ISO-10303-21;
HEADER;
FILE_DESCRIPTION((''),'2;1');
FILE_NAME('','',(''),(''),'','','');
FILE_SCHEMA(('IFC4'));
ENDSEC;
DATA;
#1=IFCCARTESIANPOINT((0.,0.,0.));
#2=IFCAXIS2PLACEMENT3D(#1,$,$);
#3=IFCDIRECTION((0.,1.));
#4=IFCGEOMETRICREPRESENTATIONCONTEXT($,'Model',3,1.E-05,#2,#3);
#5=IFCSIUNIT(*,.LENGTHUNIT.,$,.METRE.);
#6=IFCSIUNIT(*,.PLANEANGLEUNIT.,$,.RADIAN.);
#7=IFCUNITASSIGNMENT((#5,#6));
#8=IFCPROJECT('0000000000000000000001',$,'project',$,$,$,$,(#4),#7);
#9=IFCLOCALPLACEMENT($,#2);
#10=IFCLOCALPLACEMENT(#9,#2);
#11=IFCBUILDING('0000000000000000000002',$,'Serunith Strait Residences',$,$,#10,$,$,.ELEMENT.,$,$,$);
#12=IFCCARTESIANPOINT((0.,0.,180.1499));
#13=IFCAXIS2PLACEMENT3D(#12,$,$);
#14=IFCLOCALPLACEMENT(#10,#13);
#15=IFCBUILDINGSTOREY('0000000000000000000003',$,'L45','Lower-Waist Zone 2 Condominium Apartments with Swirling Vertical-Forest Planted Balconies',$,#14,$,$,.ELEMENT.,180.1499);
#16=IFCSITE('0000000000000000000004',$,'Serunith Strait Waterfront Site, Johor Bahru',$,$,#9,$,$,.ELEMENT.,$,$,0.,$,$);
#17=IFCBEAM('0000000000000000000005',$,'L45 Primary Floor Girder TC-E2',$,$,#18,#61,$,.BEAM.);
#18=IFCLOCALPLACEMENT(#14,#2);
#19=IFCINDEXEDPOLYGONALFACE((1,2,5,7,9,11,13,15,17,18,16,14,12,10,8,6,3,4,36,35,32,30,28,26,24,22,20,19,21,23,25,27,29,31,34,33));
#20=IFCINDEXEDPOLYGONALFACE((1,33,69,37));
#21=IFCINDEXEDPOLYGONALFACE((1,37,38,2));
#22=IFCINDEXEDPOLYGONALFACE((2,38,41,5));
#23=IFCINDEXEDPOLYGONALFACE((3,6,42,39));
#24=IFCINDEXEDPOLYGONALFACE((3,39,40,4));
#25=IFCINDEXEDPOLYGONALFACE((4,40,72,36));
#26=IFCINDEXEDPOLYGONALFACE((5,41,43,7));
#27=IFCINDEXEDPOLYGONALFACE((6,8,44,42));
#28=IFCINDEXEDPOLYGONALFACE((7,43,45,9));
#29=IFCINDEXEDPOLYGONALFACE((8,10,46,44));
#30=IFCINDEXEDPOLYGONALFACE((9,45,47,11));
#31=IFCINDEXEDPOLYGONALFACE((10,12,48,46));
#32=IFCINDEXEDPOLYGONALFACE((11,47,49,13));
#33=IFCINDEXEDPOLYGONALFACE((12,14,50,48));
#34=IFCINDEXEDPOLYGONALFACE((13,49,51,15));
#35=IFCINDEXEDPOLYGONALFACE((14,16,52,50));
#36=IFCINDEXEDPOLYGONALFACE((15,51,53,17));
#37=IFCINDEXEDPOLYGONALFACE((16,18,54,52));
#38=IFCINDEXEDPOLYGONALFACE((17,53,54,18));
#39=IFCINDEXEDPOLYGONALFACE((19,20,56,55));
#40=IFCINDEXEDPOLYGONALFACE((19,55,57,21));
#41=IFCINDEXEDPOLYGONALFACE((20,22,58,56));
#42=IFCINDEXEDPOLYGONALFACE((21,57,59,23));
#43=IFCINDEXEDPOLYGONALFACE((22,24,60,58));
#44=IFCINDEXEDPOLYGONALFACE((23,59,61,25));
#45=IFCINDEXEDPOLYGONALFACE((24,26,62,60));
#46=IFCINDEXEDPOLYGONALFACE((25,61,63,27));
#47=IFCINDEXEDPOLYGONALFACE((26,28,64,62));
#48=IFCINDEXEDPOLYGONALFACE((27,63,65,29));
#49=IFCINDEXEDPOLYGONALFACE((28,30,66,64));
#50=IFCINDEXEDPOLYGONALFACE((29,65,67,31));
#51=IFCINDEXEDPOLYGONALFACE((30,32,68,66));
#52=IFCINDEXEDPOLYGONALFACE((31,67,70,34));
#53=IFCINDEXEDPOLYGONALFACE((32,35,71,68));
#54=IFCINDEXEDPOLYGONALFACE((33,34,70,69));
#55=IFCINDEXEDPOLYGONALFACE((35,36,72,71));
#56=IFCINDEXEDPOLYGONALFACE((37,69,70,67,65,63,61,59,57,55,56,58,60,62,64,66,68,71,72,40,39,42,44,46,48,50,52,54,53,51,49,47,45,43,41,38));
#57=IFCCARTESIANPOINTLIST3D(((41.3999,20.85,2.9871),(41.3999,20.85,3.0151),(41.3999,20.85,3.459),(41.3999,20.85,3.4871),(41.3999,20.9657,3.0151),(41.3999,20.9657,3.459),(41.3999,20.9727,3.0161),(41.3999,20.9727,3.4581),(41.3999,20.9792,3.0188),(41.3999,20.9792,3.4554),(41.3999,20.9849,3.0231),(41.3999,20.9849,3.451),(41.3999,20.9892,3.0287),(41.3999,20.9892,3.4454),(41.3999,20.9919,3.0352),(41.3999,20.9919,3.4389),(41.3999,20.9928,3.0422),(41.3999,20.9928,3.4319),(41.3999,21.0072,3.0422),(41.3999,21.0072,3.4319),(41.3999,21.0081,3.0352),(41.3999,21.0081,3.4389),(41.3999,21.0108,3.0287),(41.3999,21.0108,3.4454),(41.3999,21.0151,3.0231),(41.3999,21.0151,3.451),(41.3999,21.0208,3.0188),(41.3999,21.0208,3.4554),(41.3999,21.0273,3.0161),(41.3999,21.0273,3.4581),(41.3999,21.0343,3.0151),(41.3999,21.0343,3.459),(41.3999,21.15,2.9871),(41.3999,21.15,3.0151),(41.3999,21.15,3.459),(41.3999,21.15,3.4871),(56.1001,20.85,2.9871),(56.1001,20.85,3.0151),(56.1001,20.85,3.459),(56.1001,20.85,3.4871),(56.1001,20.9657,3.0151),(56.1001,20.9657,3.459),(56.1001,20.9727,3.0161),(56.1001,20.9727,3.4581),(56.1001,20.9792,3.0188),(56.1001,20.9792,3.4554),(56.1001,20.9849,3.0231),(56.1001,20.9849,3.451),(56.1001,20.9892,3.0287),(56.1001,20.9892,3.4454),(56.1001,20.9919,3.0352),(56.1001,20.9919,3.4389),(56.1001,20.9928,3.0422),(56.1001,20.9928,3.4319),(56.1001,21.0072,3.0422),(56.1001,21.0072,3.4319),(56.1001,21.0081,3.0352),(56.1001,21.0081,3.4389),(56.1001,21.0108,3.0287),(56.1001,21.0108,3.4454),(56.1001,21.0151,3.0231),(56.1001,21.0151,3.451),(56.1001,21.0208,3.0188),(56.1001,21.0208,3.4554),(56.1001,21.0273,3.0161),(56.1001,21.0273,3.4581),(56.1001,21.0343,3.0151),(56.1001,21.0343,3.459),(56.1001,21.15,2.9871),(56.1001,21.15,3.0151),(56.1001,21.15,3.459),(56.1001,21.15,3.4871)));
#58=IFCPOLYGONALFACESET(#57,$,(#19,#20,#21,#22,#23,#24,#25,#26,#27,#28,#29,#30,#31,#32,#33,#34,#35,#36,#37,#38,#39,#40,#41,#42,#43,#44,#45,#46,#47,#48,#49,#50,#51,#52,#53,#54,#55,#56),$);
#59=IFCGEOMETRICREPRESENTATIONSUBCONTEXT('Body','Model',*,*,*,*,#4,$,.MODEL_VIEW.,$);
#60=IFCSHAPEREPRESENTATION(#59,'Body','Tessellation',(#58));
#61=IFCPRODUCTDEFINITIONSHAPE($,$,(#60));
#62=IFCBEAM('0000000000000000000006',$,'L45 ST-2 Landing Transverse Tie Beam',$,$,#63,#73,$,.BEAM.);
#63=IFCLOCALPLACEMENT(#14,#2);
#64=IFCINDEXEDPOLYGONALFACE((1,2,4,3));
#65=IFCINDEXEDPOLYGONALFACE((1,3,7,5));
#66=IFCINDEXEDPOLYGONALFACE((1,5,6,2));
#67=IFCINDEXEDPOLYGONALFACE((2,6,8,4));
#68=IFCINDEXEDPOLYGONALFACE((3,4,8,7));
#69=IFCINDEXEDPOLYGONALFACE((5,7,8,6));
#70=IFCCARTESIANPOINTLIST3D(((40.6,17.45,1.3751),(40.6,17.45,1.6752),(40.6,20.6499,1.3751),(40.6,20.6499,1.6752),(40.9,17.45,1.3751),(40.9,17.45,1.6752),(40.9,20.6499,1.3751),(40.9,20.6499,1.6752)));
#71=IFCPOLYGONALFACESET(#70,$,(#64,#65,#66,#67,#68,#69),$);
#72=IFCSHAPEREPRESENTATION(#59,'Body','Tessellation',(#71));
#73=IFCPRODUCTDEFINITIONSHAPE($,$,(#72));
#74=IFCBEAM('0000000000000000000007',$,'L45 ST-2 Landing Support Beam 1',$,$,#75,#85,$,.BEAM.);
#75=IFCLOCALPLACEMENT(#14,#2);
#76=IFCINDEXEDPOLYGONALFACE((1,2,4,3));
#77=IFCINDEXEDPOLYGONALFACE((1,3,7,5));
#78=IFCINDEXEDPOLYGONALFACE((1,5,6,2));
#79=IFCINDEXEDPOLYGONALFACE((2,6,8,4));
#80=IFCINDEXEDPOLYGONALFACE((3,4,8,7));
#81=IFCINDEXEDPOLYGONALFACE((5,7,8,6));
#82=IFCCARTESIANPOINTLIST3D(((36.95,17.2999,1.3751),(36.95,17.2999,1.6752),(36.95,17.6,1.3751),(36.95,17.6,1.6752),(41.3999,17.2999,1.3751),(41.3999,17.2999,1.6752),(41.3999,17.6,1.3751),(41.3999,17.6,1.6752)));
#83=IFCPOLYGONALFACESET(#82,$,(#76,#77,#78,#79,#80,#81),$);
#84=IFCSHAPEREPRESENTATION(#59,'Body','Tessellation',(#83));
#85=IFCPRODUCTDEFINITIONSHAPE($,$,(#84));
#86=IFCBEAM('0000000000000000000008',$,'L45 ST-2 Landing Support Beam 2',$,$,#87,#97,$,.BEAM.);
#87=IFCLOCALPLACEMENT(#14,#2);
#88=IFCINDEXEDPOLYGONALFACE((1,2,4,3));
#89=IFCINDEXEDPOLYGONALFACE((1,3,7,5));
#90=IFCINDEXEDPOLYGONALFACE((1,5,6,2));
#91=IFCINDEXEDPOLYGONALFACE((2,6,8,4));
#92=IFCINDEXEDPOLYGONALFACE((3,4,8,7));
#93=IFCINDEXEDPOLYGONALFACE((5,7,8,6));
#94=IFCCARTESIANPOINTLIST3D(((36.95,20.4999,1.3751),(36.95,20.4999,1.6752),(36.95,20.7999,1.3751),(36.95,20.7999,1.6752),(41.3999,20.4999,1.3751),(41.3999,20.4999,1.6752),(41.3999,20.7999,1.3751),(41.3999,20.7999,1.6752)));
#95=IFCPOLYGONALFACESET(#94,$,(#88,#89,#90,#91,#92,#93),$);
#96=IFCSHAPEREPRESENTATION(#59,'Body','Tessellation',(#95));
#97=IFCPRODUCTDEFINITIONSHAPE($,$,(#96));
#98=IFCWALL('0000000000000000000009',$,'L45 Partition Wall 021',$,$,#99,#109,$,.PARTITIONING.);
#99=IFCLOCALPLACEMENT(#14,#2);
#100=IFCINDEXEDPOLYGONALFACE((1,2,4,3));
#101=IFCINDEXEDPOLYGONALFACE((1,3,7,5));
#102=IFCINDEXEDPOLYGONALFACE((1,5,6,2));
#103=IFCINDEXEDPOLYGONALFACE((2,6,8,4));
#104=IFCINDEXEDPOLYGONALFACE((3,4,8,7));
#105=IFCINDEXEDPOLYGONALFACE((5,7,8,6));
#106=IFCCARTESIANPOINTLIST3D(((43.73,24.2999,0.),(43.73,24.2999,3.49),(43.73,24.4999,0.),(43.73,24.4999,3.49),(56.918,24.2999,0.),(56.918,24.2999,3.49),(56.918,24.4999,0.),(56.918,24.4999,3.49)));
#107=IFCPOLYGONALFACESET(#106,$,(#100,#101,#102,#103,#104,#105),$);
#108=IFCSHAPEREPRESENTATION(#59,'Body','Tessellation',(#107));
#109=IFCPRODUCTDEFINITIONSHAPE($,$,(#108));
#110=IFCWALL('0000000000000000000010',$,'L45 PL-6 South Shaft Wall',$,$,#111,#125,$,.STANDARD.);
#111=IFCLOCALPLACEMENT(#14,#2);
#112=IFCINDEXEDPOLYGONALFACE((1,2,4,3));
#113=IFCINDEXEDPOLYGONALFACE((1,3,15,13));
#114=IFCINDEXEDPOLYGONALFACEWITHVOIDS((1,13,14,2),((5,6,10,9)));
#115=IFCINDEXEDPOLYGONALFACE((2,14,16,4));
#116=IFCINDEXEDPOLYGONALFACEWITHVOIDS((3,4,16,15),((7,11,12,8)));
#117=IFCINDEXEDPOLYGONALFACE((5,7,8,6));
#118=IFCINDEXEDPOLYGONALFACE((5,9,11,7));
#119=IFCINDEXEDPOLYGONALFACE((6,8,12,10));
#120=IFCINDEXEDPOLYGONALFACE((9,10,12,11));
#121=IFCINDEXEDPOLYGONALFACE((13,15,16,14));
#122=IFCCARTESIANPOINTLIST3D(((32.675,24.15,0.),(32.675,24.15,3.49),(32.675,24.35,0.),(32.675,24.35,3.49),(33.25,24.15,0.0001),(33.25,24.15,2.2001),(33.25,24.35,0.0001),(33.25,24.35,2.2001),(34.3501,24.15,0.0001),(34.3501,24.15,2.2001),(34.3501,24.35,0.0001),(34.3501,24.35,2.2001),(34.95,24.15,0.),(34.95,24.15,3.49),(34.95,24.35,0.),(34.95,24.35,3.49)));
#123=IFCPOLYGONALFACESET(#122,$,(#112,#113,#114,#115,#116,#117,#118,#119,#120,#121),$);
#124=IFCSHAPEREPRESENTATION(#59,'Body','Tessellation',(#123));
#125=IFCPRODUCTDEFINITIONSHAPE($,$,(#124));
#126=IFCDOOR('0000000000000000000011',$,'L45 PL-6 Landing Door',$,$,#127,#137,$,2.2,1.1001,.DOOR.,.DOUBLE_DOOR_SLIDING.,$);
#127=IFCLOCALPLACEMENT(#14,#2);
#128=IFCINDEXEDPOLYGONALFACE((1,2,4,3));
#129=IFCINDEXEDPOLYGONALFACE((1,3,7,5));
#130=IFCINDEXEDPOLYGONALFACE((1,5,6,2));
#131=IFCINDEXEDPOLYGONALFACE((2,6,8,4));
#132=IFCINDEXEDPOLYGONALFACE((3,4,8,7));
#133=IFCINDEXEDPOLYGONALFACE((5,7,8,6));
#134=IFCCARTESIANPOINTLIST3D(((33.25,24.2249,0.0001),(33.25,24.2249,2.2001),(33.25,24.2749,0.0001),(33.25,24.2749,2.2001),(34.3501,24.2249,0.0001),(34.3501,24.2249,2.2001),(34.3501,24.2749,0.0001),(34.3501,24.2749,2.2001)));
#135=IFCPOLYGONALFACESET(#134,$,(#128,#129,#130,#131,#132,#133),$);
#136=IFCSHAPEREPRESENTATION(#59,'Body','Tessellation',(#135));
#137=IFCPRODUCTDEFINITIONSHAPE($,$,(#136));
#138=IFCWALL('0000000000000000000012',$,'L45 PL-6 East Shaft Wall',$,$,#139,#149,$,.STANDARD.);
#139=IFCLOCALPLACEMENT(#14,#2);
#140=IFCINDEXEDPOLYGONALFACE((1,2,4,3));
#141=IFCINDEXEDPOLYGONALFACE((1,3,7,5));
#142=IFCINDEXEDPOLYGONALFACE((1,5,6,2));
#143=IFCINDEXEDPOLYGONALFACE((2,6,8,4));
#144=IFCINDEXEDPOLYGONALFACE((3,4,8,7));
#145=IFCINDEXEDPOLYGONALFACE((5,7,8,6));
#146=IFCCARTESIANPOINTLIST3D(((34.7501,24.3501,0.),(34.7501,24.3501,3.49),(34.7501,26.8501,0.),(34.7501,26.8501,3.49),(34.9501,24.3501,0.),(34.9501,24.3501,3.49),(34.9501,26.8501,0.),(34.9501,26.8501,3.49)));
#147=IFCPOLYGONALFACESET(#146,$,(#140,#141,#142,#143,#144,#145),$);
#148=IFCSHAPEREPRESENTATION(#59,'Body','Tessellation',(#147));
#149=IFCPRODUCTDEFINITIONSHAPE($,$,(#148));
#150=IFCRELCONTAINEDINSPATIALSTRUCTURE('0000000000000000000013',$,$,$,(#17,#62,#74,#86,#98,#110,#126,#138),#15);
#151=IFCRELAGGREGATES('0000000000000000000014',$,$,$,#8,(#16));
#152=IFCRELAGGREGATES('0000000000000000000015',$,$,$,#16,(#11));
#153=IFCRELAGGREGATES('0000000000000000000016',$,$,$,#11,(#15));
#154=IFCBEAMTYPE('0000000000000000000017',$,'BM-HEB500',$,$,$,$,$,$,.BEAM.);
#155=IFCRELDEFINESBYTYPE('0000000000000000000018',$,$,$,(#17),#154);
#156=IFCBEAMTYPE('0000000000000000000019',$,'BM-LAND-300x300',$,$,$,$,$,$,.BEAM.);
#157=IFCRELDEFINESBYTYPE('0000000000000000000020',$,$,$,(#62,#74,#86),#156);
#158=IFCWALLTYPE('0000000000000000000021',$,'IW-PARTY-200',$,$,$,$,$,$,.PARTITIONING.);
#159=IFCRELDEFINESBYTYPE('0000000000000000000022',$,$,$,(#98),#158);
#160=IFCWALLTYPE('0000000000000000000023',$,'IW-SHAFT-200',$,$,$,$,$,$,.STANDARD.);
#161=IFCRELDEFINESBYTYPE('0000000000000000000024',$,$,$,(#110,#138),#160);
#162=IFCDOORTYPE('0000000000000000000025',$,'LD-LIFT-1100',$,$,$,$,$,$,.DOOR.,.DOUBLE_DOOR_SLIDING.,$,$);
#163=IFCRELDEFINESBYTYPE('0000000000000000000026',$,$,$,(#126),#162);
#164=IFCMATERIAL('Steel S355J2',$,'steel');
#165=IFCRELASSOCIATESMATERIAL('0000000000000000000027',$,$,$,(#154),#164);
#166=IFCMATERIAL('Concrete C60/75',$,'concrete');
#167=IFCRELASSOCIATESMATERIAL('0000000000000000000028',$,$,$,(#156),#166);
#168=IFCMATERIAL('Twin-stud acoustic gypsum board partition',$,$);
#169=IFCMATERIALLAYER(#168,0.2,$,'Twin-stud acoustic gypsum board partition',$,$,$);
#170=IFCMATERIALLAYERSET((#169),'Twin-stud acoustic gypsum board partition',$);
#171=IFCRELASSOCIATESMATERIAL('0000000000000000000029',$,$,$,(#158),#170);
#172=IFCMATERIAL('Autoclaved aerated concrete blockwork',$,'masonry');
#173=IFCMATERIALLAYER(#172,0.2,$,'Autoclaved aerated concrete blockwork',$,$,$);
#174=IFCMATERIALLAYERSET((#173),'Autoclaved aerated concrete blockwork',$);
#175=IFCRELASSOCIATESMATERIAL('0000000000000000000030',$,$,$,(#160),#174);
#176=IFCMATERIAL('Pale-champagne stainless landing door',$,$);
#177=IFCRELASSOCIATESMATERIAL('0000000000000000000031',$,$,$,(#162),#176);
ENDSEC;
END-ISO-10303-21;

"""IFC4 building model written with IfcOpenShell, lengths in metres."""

from ifc_helpers import new_model, si_unit, direction, frame, frame_2d, origin, origin_2d, place, context, subcontext, project, spatial, rectangle, i_section, extrude, source, transform, mapped, material, layer, layer_set, material_profile, profile_set, type_object, element, fill, save


model = new_model("IFC4")

# Units and contexts
model_context = context("Model", 3, precision=1e-05, world=origin(), true_north=direction((0.0, 1.0)))
body_context = subcontext(model_context, "Body", "Model", "MODEL_VIEW")
ifc_project = project(units=[si_unit("LENGTHUNIT", "METRE"), si_unit("PLANEANGLEUNIT", "RADIAN")], contexts=[model_context])

# Site, building, storey
site_placement = place(None, origin())
site = spatial("IfcSite", under=ifc_project, at=site_placement, Name="Serunith Strait Waterfront Site, Johor Bahru", CompositionType="ELEMENT", RefElevation=0.0)
building_placement = place(site_placement, origin())
building = spatial("IfcBuilding", under=site, at=building_placement, Name="Serunith Strait Residences", CompositionType="ELEMENT")
storey_placement = place(building_placement, frame((0.0, 0.0, 180.1499)))
storey = spatial("IfcBuildingStorey", under=building, at=storey_placement, Name="L45", Description="Lower-Waist Zone 2 Condominium Apartments with Swirling Vertical-Forest Planted Balconies", CompositionType="ELEMENT", Elevation=180.1499)

# Beams
ifc_material_1 = material(Name="Steel S355J2", Category="steel")
ifc_material_profile_1 = material_profile(ifc_material_1, i_section(OverallWidth=0.3, OverallDepth=0.5, WebThickness=0.0144, FlangeThickness=0.0281, FilletRadius=0.0271, at=origin_2d()), Name="HEB 500")
ifc_profile_set_1 = profile_set([ifc_material_profile_1], Name="Steel S355J2")
beam_type_1 = type_object("IfcBeamType", Name="BM-HEB500", PredefinedType="BEAM", material=ifc_profile_set_1)
shared_shape_1 = source(origin(), body_context, "Body", "SweptSolid", [
    extrude(i_section(OverallWidth=0.3, OverallDepth=0.5, WebThickness=0.0144, FlangeThickness=0.0281, FilletRadius=0.0271, at=origin_2d()), origin(), (0.0, 0.0, 1.0), 14.7002),
])
beam_1_placement = place(storey_placement, frame((41.3999, 21.0, 3.2371), z_axis=(1.0, 0.0, 0.0), x_axis=(0.0, 1.0, 0.0)))
element("IfcBeam", 1, at=beam_1_placement, inside=storey, type_object=beam_type_1, Name="L45 Primary Floor Girder TC-E2", PredefinedType="BEAM", context=body_context, shape_type="MappedRepresentation", body=[
    mapped(shared_shape_1, transform((0.0, 0.0, 0.0), scale=1.0)),
])
ifc_material_2 = material(Name="Concrete C60/75", Category="concrete")
ifc_material_profile_2 = material_profile(ifc_material_2, rectangle(XDim=0.3, YDim=0.3, at=origin_2d()), Name="RC 300x300")
ifc_profile_set_2 = profile_set([ifc_material_profile_2], Name="Concrete C60/75")
beam_type_2 = type_object("IfcBeamType", Name="BM-LAND-300x300", PredefinedType="BEAM", material=ifc_profile_set_2)
shared_shape_2 = source(origin(), body_context, "Body", "SweptSolid", [
    extrude(rectangle(XDim=0.3, YDim=0.3, at=origin_2d()), origin(), (0.0, 0.0, 1.0), 3.2),
])
beam_2_placement = place(storey_placement, frame((40.75, 17.45, 1.5251), z_axis=(0.0, 1.0, 0.0), x_axis=(-1.0, 0.0, 0.0)))
element("IfcBeam", 2, at=beam_2_placement, inside=storey, type_object=beam_type_2, Name="L45 ST-2 Landing Transverse Tie Beam", PredefinedType="BEAM", context=body_context, shape_type="MappedRepresentation", body=[
    mapped(shared_shape_2, transform((0.0, 0.0, 0.0), scale=1.0)),
])
shared_shape_3 = source(origin(), body_context, "Body", "SweptSolid", [
    extrude(rectangle(XDim=0.3, YDim=0.3, at=origin_2d()), origin(), (0.0, 0.0, 1.0), 4.45),
])
for number, where, z_axis, x_axis, name in (
    (3, (36.95, 17.45, 1.5251), (1.0, 0.0, 0.0), (0.0, 1.0, 0.0), "L45 ST-2 Landing Support Beam 1"),
    (4, (36.95, 20.6499, 1.5251), (1.0, 0.0, 0.0), (0.0, 1.0, 0.0), "L45 ST-2 Landing Support Beam 2"),
):
    element("IfcBeam", number, at=place(storey_placement, frame(where, z_axis=z_axis, x_axis=x_axis)), inside=storey, type_object=beam_type_2, Name=name, PredefinedType="BEAM", context=body_context, shape_type="MappedRepresentation", body=[
        mapped(shared_shape_3, transform((0.0, 0.0, 0.0), scale=1.0)),
    ])

# Wall
ifc_material_3 = material(Name="Twin-stud acoustic gypsum board partition")
ifc_layer_1 = layer(ifc_material_3, 0.2, Name="Twin-stud acoustic gypsum board partition")
ifc_layer_set_1 = layer_set([ifc_layer_1], Name="Twin-stud acoustic gypsum board partition")
wall_type_1 = type_object("IfcWallType", Name="IW-PARTY-200", PredefinedType="PARTITIONING", material=ifc_layer_set_1)
wall_1_placement = place(storey_placement, frame((43.73, 24.3999, 0.0), z_axis=(0.0, 0.0, 1.0), x_axis=(1.0, 0.0, 0.0)))
element("IfcWall", 5, at=wall_1_placement, inside=storey, type_object=wall_type_1, Name="L45 Partition Wall 021", PredefinedType="PARTITIONING", context=body_context, shape_type="SweptSolid", body=[
    extrude(rectangle(XDim=13.188, YDim=0.2, at=frame_2d((6.594, 0.0))), origin(), (0.0, 0.0, 1.0), 3.49),
])

# Wall, opening, door
ifc_material_4 = material(Name="Autoclaved aerated concrete blockwork", Category="masonry")
ifc_layer_2 = layer(ifc_material_4, 0.2, Name="Autoclaved aerated concrete blockwork")
ifc_layer_set_2 = layer_set([ifc_layer_2], Name="Autoclaved aerated concrete blockwork")
wall_type_2 = type_object("IfcWallType", Name="IW-SHAFT-200", PredefinedType="STANDARD", material=ifc_layer_set_2)
wall_2_placement = place(storey_placement, frame((32.675, 24.25, 0.0), z_axis=(0.0, 0.0, 1.0), x_axis=(1.0, 0.0, 0.0)))
wall_2 = element("IfcWall", 6, at=wall_2_placement, inside=storey, type_object=wall_type_2, Name="L45 PL-6 South Shaft Wall", PredefinedType="STANDARD", context=body_context, shape_type="SweptSolid", body=[
    extrude(rectangle(XDim=2.2749, YDim=0.2, at=frame_2d((1.1375, 0.0))), origin(), (0.0, 0.0, 1.0), 3.49),
])
opening_1_placement = place(wall_2_placement, frame((0.575, 0.0, 0.0)))
opening_1 = element("IfcOpeningElement", 7, at=opening_1_placement, cuts=wall_2, PredefinedType="OPENING", context=body_context, shape_type="SweptSolid", body=[
    extrude(rectangle(XDim=1.1001, YDim=2.2, at=frame_2d((0.55, 1.1001))), frame((0.0, 0.1099, 0.0), z_axis=(0.0, -1.0, 0.0), x_axis=(1.0, 0.0, 0.0)), (0.0, 0.0, 1.0), 0.22),
])
ifc_material_5 = material(Name="Pale-champagne stainless landing door")
door_type_1 = type_object("IfcDoorType", Name="LD-LIFT-1100", OperationType="DOUBLE_DOOR_SLIDING", PredefinedType="DOOR", material=ifc_material_5)
shared_shape_4 = source(origin(), body_context, "Body", "SweptSolid", [
    extrude(rectangle(XDim=1.1001, YDim=2.2, at=frame_2d((0.55, 1.1001))), frame((0.0, 0.0249, 0.0), z_axis=(0.0, -1.0, 0.0), x_axis=(1.0, 0.0, 0.0)), (0.0, 0.0, 1.0), 0.05),
])
door_1_placement = place(opening_1_placement, origin())
door_1 = element("IfcDoor", 8, at=door_1_placement, inside=storey, type_object=door_type_1, Name="L45 PL-6 Landing Door", OperationType="DOUBLE_DOOR_SLIDING", OverallHeight=2.2, OverallWidth=1.1001, PredefinedType="DOOR", context=body_context, shape_type="MappedRepresentation", body=[
    mapped(shared_shape_4, transform((0.0, 0.0, 0.0), scale=1.0)),
])
fill(opening_1, door_1)

# Wall
wall_3_placement = place(storey_placement, frame((34.8501, 24.3501, 0.0), z_axis=(0.0, 0.0, 1.0), x_axis=(0.0, 1.0, 0.0)))
element("IfcWall", 9, at=wall_3_placement, inside=storey, type_object=wall_type_2, Name="L45 PL-6 East Shaft Wall", PredefinedType="STANDARD", context=body_context, shape_type="SweptSolid", body=[
    extrude(rectangle(XDim=2.5, YDim=0.2, at=frame_2d((1.25, 0.0))), origin(), (0.0, 0.0, 1.0), 3.49),
])

save(model, "model.ifc")
